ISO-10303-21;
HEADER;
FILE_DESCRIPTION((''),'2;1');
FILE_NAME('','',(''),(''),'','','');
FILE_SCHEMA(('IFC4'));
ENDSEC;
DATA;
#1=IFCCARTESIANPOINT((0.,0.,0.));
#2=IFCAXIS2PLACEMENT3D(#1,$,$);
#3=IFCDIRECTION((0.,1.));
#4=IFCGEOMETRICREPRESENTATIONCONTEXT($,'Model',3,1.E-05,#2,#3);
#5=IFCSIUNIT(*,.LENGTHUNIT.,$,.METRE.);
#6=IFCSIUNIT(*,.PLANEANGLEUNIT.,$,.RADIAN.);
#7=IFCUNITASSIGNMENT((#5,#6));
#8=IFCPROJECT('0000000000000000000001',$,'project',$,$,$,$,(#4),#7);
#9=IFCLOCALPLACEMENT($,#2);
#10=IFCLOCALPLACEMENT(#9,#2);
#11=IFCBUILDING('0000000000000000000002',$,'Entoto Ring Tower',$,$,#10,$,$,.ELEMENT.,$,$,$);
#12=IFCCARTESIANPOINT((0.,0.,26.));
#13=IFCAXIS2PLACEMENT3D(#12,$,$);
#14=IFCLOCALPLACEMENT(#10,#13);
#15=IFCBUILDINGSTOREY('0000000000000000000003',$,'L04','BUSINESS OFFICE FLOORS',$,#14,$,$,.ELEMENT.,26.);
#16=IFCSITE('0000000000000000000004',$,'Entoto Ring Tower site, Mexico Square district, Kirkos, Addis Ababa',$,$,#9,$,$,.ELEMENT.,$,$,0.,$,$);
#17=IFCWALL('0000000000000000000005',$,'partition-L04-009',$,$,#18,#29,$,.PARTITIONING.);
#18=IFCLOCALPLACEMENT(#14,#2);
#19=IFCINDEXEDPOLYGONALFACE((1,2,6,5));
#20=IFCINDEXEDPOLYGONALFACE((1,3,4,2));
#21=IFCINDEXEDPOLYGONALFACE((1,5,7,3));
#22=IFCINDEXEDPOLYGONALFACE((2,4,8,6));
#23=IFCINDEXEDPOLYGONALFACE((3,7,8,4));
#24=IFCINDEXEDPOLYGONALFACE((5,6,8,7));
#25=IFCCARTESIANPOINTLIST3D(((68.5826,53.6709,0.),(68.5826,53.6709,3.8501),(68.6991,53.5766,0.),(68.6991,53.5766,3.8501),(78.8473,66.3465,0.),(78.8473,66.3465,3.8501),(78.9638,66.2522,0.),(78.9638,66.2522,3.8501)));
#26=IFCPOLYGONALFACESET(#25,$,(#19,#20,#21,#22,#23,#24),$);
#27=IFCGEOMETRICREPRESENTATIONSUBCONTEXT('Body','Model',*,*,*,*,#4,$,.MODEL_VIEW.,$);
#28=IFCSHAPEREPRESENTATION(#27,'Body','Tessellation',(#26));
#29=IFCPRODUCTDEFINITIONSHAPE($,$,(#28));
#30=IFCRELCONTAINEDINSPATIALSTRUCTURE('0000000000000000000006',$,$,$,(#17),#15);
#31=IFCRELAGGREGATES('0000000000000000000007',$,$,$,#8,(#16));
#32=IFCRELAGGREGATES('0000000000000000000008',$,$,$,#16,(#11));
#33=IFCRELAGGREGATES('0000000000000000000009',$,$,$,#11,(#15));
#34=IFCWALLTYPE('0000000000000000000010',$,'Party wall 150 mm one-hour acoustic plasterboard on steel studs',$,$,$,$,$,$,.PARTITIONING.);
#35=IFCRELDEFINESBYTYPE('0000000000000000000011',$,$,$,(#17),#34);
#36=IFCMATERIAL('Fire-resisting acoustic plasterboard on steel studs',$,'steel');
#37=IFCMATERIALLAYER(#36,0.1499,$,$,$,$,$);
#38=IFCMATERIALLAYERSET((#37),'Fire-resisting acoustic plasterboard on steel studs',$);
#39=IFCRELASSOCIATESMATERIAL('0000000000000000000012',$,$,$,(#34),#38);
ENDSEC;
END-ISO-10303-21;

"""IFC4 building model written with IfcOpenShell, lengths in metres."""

from ifc_helpers import new_model, si_unit, direction, frame, frame_2d, origin, place, context, subcontext, project, spatial, rectangle, extrude, material, layer, layer_set, type_object, element, save


model = new_model("IFC4")

# Units and contexts
model_context = context("Model", 3, precision=1e-05, world=origin(), true_north=direction((0.0, 1.0)))
body_context = subcontext(model_context, "Body", "Model", "MODEL_VIEW")
ifc_project = project(units=[si_unit("LENGTHUNIT", "METRE"), si_unit("PLANEANGLEUNIT", "RADIAN")], contexts=[model_context])

# Site, building, storey
site_placement = place(None, origin())
site = spatial("IfcSite", under=ifc_project, at=site_placement, Name="Entoto Ring Tower site, Mexico Square district, Kirkos, Addis Ababa", CompositionType="ELEMENT", RefElevation=0.0)
building_placement = place(site_placement, origin())
building = spatial("IfcBuilding", under=site, at=building_placement, Name="Entoto Ring Tower", CompositionType="ELEMENT")
storey_placement = place(building_placement, frame((0.0, 0.0, 26.0)))
storey = spatial("IfcBuildingStorey", under=building, at=storey_placement, Name="L04", Description="BUSINESS OFFICE FLOORS", CompositionType="ELEMENT", Elevation=26.0)

# Wall
ifc_material_1 = material(Name="Fire-resisting acoustic plasterboard on steel studs", Category="steel")
ifc_layer_1 = layer(ifc_material_1, 0.1499)
ifc_layer_set_1 = layer_set([ifc_layer_1], Name="Fire-resisting acoustic plasterboard on steel studs")
wall_type_1 = type_object("IfcWallType", Name="Party wall 150 mm one-hour acoustic plasterboard on steel studs", PredefinedType="PARTITIONING", material=ifc_layer_set_1)
wall_1_placement = place(storey_placement, frame((68.6409, 53.6238, 0.0), z_axis=(0.0, 0.0, 1.0), x_axis=(0.629328, 0.77714, 0.0)))
element("IfcWall", 1, at=wall_1_placement, inside=storey, type_object=wall_type_1, Name="partition-L04-009", PredefinedType="PARTITIONING", context=body_context, shape_type="SweptSolid", body=[
    extrude(rectangle(XDim=16.3105, YDim=0.1499, at=frame_2d((8.1553, 0.0))), origin(), (0.0, 0.0, 1.0), 3.8501),
])

save(model, "model.ifc")
